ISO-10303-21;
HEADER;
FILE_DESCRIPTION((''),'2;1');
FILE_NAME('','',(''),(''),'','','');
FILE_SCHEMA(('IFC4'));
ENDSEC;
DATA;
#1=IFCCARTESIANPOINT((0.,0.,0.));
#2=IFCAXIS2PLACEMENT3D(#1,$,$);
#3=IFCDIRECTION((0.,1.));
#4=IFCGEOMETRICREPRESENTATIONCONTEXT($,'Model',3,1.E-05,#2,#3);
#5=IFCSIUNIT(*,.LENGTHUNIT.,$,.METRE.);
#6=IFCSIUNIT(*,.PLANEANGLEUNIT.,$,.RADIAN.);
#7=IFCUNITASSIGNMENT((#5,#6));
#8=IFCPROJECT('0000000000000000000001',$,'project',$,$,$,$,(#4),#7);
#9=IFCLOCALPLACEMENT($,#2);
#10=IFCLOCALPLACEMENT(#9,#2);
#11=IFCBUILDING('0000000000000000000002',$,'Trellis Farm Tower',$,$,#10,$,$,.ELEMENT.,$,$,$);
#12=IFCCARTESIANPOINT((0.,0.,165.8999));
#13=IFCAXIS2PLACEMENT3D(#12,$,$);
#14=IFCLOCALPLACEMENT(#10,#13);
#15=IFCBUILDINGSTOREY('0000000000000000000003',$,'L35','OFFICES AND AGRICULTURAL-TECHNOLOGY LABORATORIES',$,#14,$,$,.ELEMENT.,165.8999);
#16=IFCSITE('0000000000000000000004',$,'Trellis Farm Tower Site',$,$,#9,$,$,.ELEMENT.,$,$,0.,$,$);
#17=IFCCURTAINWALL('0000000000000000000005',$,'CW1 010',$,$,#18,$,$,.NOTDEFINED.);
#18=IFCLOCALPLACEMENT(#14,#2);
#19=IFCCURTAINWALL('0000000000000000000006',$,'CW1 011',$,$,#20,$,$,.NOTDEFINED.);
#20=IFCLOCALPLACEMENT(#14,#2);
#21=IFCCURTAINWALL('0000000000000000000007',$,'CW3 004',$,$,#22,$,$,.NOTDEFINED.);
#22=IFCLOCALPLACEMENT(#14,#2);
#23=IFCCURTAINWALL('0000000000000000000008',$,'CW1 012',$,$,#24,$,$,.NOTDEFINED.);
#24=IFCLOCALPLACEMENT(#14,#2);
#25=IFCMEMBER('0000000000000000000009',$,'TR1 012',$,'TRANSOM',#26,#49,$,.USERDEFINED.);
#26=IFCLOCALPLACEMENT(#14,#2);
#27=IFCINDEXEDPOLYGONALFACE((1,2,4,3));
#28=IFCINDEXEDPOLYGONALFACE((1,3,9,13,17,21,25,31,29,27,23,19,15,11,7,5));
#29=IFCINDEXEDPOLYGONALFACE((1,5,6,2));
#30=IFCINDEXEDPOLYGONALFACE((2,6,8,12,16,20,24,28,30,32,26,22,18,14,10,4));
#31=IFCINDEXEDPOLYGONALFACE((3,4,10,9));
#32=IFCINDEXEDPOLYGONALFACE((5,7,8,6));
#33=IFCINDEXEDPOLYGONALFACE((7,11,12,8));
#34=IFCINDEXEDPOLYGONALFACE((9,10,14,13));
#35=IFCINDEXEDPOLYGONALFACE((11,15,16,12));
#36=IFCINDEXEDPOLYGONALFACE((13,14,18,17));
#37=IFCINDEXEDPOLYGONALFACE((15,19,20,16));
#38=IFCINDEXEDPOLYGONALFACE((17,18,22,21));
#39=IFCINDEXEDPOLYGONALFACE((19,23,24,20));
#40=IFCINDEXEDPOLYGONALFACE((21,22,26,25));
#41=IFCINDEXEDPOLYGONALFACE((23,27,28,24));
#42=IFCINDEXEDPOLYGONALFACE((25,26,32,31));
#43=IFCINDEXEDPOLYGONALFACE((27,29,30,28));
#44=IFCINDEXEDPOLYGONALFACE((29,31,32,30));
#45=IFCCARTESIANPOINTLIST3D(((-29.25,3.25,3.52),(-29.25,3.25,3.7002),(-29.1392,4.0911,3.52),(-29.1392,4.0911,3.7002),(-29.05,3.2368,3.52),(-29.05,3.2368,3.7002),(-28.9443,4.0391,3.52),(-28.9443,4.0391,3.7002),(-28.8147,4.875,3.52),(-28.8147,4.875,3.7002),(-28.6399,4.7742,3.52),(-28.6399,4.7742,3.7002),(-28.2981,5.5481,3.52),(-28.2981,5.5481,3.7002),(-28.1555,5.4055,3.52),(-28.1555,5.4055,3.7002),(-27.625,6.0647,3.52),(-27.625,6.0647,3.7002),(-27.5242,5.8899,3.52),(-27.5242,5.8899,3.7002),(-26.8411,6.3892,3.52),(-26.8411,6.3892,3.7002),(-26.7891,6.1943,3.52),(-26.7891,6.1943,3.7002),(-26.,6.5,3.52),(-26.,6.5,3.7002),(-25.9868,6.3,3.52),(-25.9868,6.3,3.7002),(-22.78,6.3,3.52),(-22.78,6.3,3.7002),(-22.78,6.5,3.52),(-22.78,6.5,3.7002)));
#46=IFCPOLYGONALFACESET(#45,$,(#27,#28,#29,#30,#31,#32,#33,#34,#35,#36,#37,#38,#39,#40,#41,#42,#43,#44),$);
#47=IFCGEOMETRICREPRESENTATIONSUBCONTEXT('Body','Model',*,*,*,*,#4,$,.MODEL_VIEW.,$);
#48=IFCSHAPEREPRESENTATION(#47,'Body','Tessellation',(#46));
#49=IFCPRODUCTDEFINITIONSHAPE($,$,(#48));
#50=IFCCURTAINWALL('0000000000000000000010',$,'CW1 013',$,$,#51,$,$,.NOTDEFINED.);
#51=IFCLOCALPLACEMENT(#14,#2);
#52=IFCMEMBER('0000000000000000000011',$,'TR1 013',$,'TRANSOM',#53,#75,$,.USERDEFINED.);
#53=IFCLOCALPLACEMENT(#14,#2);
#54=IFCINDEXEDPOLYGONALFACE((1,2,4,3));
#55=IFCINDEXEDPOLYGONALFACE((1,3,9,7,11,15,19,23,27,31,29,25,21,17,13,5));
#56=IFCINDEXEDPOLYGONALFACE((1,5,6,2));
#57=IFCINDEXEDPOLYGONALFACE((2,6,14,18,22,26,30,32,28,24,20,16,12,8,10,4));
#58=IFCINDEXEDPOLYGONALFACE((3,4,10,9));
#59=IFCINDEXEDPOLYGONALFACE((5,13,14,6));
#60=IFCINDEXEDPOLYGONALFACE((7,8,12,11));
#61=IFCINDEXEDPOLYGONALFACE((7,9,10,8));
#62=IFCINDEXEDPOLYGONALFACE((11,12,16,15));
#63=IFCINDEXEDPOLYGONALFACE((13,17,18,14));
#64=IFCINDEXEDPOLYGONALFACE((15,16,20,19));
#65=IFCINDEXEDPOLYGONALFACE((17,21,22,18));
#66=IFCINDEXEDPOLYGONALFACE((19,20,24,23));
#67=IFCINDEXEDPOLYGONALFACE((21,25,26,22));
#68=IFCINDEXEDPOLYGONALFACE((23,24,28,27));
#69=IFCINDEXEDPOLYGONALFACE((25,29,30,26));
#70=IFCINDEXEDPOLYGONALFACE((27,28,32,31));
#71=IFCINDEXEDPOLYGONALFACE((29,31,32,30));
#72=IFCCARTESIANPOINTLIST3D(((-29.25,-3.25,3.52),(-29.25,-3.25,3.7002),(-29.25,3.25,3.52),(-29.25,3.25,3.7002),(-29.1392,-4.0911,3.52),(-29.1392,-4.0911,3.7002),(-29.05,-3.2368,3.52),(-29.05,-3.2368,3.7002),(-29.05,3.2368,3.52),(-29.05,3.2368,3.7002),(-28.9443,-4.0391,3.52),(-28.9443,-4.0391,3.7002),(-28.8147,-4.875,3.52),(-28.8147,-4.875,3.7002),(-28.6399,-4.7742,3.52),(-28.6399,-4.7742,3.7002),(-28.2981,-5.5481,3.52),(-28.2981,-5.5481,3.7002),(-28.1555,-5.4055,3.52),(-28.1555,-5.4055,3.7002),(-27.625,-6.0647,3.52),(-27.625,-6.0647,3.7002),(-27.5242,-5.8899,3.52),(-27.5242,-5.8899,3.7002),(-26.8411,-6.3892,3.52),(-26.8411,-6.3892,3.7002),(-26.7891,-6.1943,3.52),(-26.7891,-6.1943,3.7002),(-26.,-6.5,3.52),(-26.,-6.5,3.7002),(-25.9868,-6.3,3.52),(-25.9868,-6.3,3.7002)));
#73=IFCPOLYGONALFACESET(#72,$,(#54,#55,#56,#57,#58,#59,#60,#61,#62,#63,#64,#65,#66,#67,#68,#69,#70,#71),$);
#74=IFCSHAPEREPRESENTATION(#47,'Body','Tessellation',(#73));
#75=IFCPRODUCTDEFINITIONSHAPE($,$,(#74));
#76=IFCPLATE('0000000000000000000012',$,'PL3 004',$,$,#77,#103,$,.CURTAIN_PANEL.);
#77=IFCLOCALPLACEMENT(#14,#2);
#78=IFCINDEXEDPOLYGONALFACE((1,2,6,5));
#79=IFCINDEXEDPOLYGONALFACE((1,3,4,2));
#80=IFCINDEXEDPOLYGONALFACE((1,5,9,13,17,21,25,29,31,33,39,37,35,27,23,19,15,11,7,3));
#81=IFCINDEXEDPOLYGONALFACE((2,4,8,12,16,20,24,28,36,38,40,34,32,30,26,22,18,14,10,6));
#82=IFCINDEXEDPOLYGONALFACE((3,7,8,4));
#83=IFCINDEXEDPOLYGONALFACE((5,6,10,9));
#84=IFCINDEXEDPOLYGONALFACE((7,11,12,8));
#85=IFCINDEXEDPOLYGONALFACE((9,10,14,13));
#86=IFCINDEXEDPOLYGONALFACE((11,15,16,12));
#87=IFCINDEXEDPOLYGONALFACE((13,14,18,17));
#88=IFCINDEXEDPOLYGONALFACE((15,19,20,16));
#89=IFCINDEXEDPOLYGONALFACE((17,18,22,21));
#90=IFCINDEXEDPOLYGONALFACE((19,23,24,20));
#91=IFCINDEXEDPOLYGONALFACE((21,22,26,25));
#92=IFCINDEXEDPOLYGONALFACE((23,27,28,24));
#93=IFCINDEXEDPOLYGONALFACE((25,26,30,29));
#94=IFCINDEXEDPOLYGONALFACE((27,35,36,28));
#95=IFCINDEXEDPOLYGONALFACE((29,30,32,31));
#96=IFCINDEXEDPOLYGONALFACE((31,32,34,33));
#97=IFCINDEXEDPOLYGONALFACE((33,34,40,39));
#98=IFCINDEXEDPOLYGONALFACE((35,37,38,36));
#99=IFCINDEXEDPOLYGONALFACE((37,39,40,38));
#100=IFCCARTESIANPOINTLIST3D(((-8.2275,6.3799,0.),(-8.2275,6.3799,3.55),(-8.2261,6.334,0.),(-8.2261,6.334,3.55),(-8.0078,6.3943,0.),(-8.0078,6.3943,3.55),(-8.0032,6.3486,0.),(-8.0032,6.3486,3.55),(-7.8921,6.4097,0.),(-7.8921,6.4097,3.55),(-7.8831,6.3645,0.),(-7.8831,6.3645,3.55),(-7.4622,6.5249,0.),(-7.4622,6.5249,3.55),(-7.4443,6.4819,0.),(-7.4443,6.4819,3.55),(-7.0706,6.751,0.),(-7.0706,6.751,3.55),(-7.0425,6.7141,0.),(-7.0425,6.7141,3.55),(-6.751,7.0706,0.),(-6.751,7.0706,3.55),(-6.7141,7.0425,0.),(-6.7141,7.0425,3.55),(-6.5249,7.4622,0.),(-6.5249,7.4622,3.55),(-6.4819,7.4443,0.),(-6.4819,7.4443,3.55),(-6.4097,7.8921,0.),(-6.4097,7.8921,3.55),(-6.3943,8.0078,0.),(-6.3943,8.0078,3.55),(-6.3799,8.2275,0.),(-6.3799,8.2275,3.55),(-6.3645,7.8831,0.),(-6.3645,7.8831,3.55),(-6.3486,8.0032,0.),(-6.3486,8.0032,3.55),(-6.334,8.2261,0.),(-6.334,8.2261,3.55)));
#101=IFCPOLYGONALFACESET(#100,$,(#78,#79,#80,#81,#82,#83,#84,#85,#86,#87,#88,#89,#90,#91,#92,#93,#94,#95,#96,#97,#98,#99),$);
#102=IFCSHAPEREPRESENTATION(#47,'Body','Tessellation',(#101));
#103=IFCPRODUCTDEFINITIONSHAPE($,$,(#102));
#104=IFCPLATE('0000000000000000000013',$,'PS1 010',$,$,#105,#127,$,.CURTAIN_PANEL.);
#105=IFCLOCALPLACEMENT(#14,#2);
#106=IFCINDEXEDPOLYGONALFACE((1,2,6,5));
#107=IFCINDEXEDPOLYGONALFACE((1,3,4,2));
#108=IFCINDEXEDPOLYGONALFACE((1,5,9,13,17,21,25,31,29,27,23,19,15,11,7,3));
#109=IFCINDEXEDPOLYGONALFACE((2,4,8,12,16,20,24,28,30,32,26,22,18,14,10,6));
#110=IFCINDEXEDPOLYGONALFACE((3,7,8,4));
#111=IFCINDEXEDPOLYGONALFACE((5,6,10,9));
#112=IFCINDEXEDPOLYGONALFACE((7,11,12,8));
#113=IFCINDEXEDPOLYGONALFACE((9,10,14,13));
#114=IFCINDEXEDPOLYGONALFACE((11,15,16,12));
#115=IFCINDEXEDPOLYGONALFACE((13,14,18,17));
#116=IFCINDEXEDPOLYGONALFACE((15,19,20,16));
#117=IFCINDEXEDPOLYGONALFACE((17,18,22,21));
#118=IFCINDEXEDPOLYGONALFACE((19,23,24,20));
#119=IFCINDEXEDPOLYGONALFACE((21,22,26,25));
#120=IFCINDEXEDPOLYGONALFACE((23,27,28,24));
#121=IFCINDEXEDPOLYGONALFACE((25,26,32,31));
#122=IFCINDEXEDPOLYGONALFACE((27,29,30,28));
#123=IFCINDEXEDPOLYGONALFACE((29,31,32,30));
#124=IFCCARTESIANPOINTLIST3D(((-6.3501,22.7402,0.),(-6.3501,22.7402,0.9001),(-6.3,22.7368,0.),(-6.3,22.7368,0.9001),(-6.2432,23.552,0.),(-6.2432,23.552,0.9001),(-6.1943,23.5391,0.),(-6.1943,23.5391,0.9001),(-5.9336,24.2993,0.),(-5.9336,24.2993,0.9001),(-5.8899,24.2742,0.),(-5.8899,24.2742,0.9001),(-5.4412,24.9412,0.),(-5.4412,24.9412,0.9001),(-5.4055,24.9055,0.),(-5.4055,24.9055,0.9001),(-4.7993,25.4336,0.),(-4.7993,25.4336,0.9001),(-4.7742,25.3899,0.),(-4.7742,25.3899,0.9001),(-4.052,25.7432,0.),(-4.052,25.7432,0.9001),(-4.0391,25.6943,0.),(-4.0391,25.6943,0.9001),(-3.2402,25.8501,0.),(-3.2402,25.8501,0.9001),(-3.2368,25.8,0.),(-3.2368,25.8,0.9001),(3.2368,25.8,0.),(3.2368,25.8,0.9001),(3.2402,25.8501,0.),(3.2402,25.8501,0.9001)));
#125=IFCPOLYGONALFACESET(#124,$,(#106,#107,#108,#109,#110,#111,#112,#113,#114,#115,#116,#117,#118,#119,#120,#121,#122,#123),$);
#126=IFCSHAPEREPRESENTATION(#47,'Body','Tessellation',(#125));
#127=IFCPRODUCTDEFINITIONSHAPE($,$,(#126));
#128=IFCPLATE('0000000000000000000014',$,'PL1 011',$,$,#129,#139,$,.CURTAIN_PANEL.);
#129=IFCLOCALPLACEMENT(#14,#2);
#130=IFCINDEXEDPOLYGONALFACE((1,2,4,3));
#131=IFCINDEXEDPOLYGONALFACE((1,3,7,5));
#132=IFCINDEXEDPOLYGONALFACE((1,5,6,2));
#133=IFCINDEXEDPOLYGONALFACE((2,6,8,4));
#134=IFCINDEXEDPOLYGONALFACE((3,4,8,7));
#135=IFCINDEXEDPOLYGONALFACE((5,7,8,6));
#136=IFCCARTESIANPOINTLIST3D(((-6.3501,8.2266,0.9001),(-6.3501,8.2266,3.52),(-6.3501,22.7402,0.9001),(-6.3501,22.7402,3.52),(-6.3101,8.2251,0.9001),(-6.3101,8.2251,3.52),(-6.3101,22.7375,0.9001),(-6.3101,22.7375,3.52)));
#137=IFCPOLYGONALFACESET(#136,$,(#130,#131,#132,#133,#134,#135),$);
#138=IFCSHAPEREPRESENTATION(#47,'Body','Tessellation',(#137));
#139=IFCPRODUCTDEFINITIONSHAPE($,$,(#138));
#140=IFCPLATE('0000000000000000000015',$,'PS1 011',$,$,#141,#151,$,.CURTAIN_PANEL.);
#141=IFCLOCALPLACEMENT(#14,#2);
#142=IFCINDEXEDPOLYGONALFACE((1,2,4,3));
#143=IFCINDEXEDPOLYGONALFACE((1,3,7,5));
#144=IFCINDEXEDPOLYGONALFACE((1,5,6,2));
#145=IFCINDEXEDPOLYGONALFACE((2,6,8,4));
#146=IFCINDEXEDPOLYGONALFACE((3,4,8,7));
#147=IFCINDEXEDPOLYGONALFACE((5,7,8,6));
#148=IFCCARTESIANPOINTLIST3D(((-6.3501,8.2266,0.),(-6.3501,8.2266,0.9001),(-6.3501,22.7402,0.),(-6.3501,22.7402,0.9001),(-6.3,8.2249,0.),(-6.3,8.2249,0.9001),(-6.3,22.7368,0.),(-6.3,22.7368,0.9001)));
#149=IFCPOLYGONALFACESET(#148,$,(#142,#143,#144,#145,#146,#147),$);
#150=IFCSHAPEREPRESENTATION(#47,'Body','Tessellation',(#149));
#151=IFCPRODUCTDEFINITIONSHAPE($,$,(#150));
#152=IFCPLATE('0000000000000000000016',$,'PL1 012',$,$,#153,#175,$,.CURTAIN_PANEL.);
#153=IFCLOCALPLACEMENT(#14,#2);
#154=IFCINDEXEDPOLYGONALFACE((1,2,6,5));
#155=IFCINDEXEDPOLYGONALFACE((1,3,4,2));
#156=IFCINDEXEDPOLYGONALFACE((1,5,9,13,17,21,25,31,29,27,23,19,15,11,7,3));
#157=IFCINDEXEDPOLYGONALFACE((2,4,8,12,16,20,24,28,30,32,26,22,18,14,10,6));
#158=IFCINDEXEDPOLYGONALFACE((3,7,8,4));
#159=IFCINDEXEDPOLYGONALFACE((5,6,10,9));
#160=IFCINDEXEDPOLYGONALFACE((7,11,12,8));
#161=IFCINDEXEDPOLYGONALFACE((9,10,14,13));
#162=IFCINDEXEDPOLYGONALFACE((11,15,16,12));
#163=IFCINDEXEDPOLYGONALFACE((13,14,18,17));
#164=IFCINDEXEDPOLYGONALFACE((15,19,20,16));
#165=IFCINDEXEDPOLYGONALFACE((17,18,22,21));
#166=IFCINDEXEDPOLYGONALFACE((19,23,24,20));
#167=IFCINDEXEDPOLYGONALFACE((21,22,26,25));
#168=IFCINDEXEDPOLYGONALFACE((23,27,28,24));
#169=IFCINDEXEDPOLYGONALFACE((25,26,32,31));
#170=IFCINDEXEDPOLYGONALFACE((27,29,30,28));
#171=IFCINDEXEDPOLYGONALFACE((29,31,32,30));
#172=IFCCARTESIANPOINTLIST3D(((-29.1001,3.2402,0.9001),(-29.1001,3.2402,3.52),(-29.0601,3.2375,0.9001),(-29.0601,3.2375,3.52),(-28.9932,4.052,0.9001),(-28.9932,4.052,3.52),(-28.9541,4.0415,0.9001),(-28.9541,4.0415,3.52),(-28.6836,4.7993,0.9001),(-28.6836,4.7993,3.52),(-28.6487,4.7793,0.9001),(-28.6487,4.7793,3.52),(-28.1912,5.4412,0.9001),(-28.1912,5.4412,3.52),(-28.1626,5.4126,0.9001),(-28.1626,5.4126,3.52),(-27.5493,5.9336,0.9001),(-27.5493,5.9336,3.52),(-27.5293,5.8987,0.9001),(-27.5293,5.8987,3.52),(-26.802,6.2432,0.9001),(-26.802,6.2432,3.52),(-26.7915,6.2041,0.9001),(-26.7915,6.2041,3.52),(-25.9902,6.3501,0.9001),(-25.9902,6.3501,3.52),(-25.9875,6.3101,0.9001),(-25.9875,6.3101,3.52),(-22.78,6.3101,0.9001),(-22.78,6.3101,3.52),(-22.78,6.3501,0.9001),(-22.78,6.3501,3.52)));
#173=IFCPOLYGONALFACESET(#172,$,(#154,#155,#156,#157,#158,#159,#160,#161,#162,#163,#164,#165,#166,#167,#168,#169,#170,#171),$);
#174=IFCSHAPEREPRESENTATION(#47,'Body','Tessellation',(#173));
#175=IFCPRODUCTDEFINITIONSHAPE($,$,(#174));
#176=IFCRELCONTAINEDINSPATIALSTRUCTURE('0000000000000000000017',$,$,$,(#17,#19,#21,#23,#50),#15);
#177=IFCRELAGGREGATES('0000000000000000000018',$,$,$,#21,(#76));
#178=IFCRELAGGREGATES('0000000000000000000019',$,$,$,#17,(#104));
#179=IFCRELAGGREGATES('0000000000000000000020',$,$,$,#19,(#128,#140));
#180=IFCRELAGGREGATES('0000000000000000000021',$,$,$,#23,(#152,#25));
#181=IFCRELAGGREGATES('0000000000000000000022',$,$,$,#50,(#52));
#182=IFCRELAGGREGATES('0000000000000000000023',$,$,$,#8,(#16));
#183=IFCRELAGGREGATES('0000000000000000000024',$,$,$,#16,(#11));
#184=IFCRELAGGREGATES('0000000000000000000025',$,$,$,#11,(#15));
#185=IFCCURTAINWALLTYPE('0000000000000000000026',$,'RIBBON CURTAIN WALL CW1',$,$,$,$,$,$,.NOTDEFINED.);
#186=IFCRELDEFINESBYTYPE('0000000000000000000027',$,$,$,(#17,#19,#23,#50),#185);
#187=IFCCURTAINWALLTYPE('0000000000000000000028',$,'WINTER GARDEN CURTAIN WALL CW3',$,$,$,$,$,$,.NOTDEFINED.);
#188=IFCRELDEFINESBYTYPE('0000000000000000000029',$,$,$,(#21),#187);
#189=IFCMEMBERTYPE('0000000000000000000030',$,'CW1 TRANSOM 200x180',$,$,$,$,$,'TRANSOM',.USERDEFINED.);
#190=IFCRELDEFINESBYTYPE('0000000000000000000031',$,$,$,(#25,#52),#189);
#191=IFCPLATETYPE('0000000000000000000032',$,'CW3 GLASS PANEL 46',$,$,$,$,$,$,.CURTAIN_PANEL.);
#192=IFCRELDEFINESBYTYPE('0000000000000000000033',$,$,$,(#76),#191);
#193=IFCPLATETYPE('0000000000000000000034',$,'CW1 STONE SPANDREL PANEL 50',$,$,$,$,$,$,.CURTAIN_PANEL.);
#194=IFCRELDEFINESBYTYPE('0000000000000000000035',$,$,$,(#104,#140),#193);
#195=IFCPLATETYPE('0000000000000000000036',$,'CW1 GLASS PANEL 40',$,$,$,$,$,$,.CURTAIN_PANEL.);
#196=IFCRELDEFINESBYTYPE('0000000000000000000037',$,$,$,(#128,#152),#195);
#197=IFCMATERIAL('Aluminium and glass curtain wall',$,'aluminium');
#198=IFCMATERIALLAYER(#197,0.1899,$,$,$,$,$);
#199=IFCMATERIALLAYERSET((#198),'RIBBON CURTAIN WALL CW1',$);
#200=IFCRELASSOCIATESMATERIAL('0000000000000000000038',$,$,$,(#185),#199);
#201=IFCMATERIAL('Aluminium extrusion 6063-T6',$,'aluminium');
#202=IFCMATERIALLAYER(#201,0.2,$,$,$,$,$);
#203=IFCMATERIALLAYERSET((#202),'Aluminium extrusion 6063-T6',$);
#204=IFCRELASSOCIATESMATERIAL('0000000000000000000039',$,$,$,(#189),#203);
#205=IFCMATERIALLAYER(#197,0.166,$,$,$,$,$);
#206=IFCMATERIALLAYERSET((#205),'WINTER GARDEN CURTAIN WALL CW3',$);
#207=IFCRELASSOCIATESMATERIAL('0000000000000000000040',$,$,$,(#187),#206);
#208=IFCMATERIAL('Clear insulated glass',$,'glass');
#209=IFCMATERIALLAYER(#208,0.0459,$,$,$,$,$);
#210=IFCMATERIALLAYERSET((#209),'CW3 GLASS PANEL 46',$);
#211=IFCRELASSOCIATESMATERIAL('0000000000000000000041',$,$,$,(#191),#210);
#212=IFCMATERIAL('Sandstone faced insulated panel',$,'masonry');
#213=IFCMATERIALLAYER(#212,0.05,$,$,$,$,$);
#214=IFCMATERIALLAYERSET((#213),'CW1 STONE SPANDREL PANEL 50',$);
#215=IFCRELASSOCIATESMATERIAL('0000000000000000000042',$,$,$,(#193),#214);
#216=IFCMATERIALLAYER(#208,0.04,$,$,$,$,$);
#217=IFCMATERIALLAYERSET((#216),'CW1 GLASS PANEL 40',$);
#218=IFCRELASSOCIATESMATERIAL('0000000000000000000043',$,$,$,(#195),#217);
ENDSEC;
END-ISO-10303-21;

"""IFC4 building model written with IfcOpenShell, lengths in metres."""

from ifc_helpers import new_model, si_unit, direction, frame, origin, place, context, subcontext, project, spatial, polyline, outline, extrude, source, transform, mapped, material, layer, layer_set, type_object, element, aggregate, save


model = new_model("IFC4")

# Units and contexts
model_context = context("Model", 3, precision=1e-05, world=origin(), true_north=direction((0.0, 1.0)))
body_context = subcontext(model_context, "Body", "Model", "MODEL_VIEW")
ifc_project = project(units=[si_unit("LENGTHUNIT", "METRE"), si_unit("PLANEANGLEUNIT", "RADIAN")], contexts=[model_context])

# Site, building, storey
site_placement = place(None, origin())
site = spatial("IfcSite", under=ifc_project, at=site_placement, Name="Trellis Farm Tower Site", CompositionType="ELEMENT", RefElevation=0.0)
building_placement = place(site_placement, origin())
building = spatial("IfcBuilding", under=site, at=building_placement, Name="Trellis Farm Tower", CompositionType="ELEMENT")
storey_placement = place(building_placement, frame((0.0, 0.0, 165.8999)))
storey = spatial("IfcBuildingStorey", under=building, at=storey_placement, Name="L35", Description="OFFICES AND AGRICULTURAL-TECHNOLOGY LABORATORIES", CompositionType="ELEMENT", Elevation=165.8999)

# Curtain walls
ifc_material_1 = material(Name="Aluminium and glass curtain wall", Category="aluminium")
ifc_layer_1 = layer(ifc_material_1, 0.1899)
ifc_layer_set_1 = layer_set([ifc_layer_1], Name="RIBBON CURTAIN WALL CW1")
curtain_wall_type_1 = type_object("IfcCurtainWallType", Name="RIBBON CURTAIN WALL CW1", PredefinedType="NOTDEFINED", material=ifc_layer_set_1)
placement_1 = place(storey_placement, origin())
curtain_wall_1 = element("IfcCurtainWall", 1, at=placement_1, inside=storey, type_object=curtain_wall_type_1, Name="CW1 010", PredefinedType="NOTDEFINED")
ifc_material_2 = material(Name="Aluminium extrusion 6063-T6", Category="aluminium")
ifc_layer_2 = layer(ifc_material_2, 0.2)
ifc_layer_set_2 = layer_set([ifc_layer_2], Name="Aluminium extrusion 6063-T6")
member_type_1 = type_object("IfcMemberType", Name="CW1 TRANSOM 200x180", ElementType="TRANSOM", PredefinedType="USERDEFINED", material=ifc_layer_set_2)
placement_2 = place(storey_placement, frame((0.0, 0.0, 3.52)))
curtain_wall_2 = element("IfcCurtainWall", 2, at=placement_1, inside=storey, type_object=curtain_wall_type_1, Name="CW1 011", PredefinedType="NOTDEFINED")

# Curtain walls, members
ifc_layer_3 = layer(ifc_material_1, 0.166)
ifc_layer_set_3 = layer_set([ifc_layer_3], Name="WINTER GARDEN CURTAIN WALL CW3")
curtain_wall_type_2 = type_object("IfcCurtainWallType", Name="WINTER GARDEN CURTAIN WALL CW3", PredefinedType="NOTDEFINED", material=ifc_layer_set_3)
curtain_wall_3 = element("IfcCurtainWall", 3, at=placement_1, inside=storey, type_object=curtain_wall_type_2, Name="CW3 004", PredefinedType="NOTDEFINED")
curtain_wall_4 = element("IfcCurtainWall", 4, at=placement_1, inside=storey, type_object=curtain_wall_type_1, Name="CW1 012", PredefinedType="NOTDEFINED")
shared_shape_1 = source(origin(), body_context, "Body", "SweptSolid", [
    extrude(outline(polyline([(-22.78, 6.5), (-26.0, 6.5), (-26.8411, 6.3892), (-27.625, 6.0647), (-28.2981, 5.5481), (-28.8147, 4.875), (-29.1392, 4.0911), (-29.25, 3.25), (-29.05, 3.2368), (-28.9443, 4.0391), (-28.6399, 4.7742), (-28.1555, 5.4055), (-27.5242, 5.8899), (-26.7891, 6.1943), (-25.9868, 6.3), (-22.78, 6.3), (-22.78, 6.5)])), origin(), (0.0, 0.0, 1.0), 0.1802),
])
member_1 = element("IfcMember", 5, at=placement_2, type_object=member_type_1, Name="TR1 012", ObjectType="TRANSOM", PredefinedType="USERDEFINED", context=body_context, shape_type="MappedRepresentation", body=[
    mapped(shared_shape_1, transform((0.0, 0.0, 0.0))),
])
curtain_wall_5 = element("IfcCurtainWall", 6, at=placement_1, inside=storey, type_object=curtain_wall_type_1, Name="CW1 013", PredefinedType="NOTDEFINED")
shared_shape_2 = source(origin(), body_context, "Body", "SweptSolid", [
    extrude(outline(polyline([(-29.25, 3.25), (-29.25, -3.25), (-29.1392, -4.0911), (-28.8147, -4.875), (-28.2981, -5.5481), (-27.625, -6.0647), (-26.8411, -6.3892), (-26.0, -6.5), (-25.9868, -6.3), (-26.7891, -6.1943), (-27.5242, -5.8899), (-28.1555, -5.4055), (-28.6399, -4.7742), (-28.9443, -4.0391), (-29.05, -3.2368), (-29.05, 3.2368), (-29.25, 3.25)])), origin(), (0.0, 0.0, 1.0), 0.1802),
])
member_2 = element("IfcMember", 7, at=placement_2, type_object=member_type_1, Name="TR1 013", ObjectType="TRANSOM", PredefinedType="USERDEFINED", context=body_context, shape_type="MappedRepresentation", body=[
    mapped(shared_shape_2, transform((0.0, 0.0, 0.0))),
])

# Plates
ifc_material_3 = material(Name="Clear insulated glass", Category="glass")
ifc_layer_4 = layer(ifc_material_3, 0.0459)
ifc_layer_set_4 = layer_set([ifc_layer_4], Name="CW3 GLASS PANEL 46")
plate_type_1 = type_object("IfcPlateType", Name="CW3 GLASS PANEL 46", PredefinedType="CURTAIN_PANEL", material=ifc_layer_set_4)
shared_shape_3 = source(origin(), body_context, "Body", "SweptSolid", [
    extrude(outline(polyline([(-6.3799, 8.2275), (-6.3943, 8.0078), (-6.4097, 7.8921), (-6.5249, 7.4622), (-6.751, 7.0706), (-7.0706, 6.751), (-7.4622, 6.5249), (-7.8921, 6.4097), (-8.0078, 6.3943), (-8.2275, 6.3799), (-8.2261, 6.334), (-8.0032, 6.3486), (-7.8831, 6.3645), (-7.4443, 6.4819), (-7.0425, 6.7141), (-6.7141, 7.0425), (-6.4819, 7.4443), (-6.3645, 7.8831), (-6.3486, 8.0032), (-6.334, 8.2261), (-6.3799, 8.2275)])), origin(), (0.0, 0.0, 1.0), 3.55),
])
plate_1 = element("IfcPlate", 8, at=placement_1, type_object=plate_type_1, Name="PL3 004", PredefinedType="CURTAIN_PANEL", context=body_context, shape_type="MappedRepresentation", body=[
    mapped(shared_shape_3, transform((0.0, 0.0, 0.0))),
])
aggregate(curtain_wall_3, [plate_1])
ifc_material_4 = material(Name="Sandstone faced insulated panel", Category="masonry")
ifc_layer_5 = layer(ifc_material_4, 0.05)
ifc_layer_set_5 = layer_set([ifc_layer_5], Name="CW1 STONE SPANDREL PANEL 50")
plate_type_2 = type_object("IfcPlateType", Name="CW1 STONE SPANDREL PANEL 50", PredefinedType="CURTAIN_PANEL", material=ifc_layer_set_5)
shared_shape_4 = source(origin(), body_context, "Body", "SweptSolid", [
    extrude(outline(polyline([(3.2402, 25.8501), (-3.2402, 25.8501), (-4.052, 25.7432), (-4.7993, 25.4336), (-5.4412, 24.9412), (-5.9336, 24.2993), (-6.2432, 23.552), (-6.3501, 22.7402), (-6.3, 22.7368), (-6.1943, 23.5391), (-5.8899, 24.2742), (-5.4055, 24.9055), (-4.7742, 25.3899), (-4.0391, 25.6943), (-3.2368, 25.8), (3.2368, 25.8), (3.2402, 25.8501)])), origin(), (0.0, 0.0, 1.0), 0.9001),
])
plate_2 = element("IfcPlate", 9, at=placement_1, type_object=plate_type_2, Name="PS1 010", PredefinedType="CURTAIN_PANEL", context=body_context, shape_type="MappedRepresentation", body=[
    mapped(shared_shape_4, transform((0.0, 0.0, 0.0))),
])
aggregate(curtain_wall_1, [plate_2])
ifc_layer_6 = layer(ifc_material_3, 0.04)
ifc_layer_set_6 = layer_set([ifc_layer_6], Name="CW1 GLASS PANEL 40")
plate_type_3 = type_object("IfcPlateType", Name="CW1 GLASS PANEL 40", PredefinedType="CURTAIN_PANEL", material=ifc_layer_set_6)
shared_shape_5 = source(origin(), body_context, "Body", "SweptSolid", [
    extrude(outline(polyline([(-6.3501, 22.7402), (-6.3501, 8.2266), (-6.3101, 8.2251), (-6.3101, 22.7375), (-6.3501, 22.7402)])), origin(), (0.0, 0.0, 1.0), 2.6199),
])
placement_3 = place(storey_placement, frame((0.0, 0.0, 0.9001)))
plate_3 = element("IfcPlate", 10, at=placement_3, type_object=plate_type_3, Name="PL1 011", PredefinedType="CURTAIN_PANEL", context=body_context, shape_type="MappedRepresentation", body=[
    mapped(shared_shape_5, transform((0.0, 0.0, 0.0))),
])
shared_shape_6 = source(origin(), body_context, "Body", "SweptSolid", [
    extrude(outline(polyline([(-6.3501, 22.7402), (-6.3501, 8.2266), (-6.3, 8.2249), (-6.3, 22.7368), (-6.3501, 22.7402)])), origin(), (0.0, 0.0, 1.0), 0.9001),
])
plate_4 = element("IfcPlate", 11, at=placement_1, type_object=plate_type_2, Name="PS1 011", PredefinedType="CURTAIN_PANEL", context=body_context, shape_type="MappedRepresentation", body=[
    mapped(shared_shape_6, transform((0.0, 0.0, 0.0))),
])
aggregate(curtain_wall_2, [plate_3, plate_4])
shared_shape_7 = source(origin(), body_context, "Body", "SweptSolid", [
    extrude(outline(polyline([(-22.78, 6.3501), (-25.9902, 6.3501), (-26.802, 6.2432), (-27.5493, 5.9336), (-28.1912, 5.4412), (-28.6836, 4.7993), (-28.9932, 4.052), (-29.1001, 3.2402), (-29.0601, 3.2375), (-28.9541, 4.0415), (-28.6487, 4.7793), (-28.1626, 5.4126), (-27.5293, 5.8987), (-26.7915, 6.2041), (-25.9875, 6.3101), (-22.78, 6.3101), (-22.78, 6.3501)])), origin(), (0.0, 0.0, 1.0), 2.6199),
])
plate_5 = element("IfcPlate", 12, at=placement_3, type_object=plate_type_3, Name="PL1 012", PredefinedType="CURTAIN_PANEL", context=body_context, shape_type="MappedRepresentation", body=[
    mapped(shared_shape_7, transform((0.0, 0.0, 0.0))),
])
aggregate(curtain_wall_4, [plate_5, member_1])
aggregate(curtain_wall_5, [member_2])

save(model, "model.ifc")
